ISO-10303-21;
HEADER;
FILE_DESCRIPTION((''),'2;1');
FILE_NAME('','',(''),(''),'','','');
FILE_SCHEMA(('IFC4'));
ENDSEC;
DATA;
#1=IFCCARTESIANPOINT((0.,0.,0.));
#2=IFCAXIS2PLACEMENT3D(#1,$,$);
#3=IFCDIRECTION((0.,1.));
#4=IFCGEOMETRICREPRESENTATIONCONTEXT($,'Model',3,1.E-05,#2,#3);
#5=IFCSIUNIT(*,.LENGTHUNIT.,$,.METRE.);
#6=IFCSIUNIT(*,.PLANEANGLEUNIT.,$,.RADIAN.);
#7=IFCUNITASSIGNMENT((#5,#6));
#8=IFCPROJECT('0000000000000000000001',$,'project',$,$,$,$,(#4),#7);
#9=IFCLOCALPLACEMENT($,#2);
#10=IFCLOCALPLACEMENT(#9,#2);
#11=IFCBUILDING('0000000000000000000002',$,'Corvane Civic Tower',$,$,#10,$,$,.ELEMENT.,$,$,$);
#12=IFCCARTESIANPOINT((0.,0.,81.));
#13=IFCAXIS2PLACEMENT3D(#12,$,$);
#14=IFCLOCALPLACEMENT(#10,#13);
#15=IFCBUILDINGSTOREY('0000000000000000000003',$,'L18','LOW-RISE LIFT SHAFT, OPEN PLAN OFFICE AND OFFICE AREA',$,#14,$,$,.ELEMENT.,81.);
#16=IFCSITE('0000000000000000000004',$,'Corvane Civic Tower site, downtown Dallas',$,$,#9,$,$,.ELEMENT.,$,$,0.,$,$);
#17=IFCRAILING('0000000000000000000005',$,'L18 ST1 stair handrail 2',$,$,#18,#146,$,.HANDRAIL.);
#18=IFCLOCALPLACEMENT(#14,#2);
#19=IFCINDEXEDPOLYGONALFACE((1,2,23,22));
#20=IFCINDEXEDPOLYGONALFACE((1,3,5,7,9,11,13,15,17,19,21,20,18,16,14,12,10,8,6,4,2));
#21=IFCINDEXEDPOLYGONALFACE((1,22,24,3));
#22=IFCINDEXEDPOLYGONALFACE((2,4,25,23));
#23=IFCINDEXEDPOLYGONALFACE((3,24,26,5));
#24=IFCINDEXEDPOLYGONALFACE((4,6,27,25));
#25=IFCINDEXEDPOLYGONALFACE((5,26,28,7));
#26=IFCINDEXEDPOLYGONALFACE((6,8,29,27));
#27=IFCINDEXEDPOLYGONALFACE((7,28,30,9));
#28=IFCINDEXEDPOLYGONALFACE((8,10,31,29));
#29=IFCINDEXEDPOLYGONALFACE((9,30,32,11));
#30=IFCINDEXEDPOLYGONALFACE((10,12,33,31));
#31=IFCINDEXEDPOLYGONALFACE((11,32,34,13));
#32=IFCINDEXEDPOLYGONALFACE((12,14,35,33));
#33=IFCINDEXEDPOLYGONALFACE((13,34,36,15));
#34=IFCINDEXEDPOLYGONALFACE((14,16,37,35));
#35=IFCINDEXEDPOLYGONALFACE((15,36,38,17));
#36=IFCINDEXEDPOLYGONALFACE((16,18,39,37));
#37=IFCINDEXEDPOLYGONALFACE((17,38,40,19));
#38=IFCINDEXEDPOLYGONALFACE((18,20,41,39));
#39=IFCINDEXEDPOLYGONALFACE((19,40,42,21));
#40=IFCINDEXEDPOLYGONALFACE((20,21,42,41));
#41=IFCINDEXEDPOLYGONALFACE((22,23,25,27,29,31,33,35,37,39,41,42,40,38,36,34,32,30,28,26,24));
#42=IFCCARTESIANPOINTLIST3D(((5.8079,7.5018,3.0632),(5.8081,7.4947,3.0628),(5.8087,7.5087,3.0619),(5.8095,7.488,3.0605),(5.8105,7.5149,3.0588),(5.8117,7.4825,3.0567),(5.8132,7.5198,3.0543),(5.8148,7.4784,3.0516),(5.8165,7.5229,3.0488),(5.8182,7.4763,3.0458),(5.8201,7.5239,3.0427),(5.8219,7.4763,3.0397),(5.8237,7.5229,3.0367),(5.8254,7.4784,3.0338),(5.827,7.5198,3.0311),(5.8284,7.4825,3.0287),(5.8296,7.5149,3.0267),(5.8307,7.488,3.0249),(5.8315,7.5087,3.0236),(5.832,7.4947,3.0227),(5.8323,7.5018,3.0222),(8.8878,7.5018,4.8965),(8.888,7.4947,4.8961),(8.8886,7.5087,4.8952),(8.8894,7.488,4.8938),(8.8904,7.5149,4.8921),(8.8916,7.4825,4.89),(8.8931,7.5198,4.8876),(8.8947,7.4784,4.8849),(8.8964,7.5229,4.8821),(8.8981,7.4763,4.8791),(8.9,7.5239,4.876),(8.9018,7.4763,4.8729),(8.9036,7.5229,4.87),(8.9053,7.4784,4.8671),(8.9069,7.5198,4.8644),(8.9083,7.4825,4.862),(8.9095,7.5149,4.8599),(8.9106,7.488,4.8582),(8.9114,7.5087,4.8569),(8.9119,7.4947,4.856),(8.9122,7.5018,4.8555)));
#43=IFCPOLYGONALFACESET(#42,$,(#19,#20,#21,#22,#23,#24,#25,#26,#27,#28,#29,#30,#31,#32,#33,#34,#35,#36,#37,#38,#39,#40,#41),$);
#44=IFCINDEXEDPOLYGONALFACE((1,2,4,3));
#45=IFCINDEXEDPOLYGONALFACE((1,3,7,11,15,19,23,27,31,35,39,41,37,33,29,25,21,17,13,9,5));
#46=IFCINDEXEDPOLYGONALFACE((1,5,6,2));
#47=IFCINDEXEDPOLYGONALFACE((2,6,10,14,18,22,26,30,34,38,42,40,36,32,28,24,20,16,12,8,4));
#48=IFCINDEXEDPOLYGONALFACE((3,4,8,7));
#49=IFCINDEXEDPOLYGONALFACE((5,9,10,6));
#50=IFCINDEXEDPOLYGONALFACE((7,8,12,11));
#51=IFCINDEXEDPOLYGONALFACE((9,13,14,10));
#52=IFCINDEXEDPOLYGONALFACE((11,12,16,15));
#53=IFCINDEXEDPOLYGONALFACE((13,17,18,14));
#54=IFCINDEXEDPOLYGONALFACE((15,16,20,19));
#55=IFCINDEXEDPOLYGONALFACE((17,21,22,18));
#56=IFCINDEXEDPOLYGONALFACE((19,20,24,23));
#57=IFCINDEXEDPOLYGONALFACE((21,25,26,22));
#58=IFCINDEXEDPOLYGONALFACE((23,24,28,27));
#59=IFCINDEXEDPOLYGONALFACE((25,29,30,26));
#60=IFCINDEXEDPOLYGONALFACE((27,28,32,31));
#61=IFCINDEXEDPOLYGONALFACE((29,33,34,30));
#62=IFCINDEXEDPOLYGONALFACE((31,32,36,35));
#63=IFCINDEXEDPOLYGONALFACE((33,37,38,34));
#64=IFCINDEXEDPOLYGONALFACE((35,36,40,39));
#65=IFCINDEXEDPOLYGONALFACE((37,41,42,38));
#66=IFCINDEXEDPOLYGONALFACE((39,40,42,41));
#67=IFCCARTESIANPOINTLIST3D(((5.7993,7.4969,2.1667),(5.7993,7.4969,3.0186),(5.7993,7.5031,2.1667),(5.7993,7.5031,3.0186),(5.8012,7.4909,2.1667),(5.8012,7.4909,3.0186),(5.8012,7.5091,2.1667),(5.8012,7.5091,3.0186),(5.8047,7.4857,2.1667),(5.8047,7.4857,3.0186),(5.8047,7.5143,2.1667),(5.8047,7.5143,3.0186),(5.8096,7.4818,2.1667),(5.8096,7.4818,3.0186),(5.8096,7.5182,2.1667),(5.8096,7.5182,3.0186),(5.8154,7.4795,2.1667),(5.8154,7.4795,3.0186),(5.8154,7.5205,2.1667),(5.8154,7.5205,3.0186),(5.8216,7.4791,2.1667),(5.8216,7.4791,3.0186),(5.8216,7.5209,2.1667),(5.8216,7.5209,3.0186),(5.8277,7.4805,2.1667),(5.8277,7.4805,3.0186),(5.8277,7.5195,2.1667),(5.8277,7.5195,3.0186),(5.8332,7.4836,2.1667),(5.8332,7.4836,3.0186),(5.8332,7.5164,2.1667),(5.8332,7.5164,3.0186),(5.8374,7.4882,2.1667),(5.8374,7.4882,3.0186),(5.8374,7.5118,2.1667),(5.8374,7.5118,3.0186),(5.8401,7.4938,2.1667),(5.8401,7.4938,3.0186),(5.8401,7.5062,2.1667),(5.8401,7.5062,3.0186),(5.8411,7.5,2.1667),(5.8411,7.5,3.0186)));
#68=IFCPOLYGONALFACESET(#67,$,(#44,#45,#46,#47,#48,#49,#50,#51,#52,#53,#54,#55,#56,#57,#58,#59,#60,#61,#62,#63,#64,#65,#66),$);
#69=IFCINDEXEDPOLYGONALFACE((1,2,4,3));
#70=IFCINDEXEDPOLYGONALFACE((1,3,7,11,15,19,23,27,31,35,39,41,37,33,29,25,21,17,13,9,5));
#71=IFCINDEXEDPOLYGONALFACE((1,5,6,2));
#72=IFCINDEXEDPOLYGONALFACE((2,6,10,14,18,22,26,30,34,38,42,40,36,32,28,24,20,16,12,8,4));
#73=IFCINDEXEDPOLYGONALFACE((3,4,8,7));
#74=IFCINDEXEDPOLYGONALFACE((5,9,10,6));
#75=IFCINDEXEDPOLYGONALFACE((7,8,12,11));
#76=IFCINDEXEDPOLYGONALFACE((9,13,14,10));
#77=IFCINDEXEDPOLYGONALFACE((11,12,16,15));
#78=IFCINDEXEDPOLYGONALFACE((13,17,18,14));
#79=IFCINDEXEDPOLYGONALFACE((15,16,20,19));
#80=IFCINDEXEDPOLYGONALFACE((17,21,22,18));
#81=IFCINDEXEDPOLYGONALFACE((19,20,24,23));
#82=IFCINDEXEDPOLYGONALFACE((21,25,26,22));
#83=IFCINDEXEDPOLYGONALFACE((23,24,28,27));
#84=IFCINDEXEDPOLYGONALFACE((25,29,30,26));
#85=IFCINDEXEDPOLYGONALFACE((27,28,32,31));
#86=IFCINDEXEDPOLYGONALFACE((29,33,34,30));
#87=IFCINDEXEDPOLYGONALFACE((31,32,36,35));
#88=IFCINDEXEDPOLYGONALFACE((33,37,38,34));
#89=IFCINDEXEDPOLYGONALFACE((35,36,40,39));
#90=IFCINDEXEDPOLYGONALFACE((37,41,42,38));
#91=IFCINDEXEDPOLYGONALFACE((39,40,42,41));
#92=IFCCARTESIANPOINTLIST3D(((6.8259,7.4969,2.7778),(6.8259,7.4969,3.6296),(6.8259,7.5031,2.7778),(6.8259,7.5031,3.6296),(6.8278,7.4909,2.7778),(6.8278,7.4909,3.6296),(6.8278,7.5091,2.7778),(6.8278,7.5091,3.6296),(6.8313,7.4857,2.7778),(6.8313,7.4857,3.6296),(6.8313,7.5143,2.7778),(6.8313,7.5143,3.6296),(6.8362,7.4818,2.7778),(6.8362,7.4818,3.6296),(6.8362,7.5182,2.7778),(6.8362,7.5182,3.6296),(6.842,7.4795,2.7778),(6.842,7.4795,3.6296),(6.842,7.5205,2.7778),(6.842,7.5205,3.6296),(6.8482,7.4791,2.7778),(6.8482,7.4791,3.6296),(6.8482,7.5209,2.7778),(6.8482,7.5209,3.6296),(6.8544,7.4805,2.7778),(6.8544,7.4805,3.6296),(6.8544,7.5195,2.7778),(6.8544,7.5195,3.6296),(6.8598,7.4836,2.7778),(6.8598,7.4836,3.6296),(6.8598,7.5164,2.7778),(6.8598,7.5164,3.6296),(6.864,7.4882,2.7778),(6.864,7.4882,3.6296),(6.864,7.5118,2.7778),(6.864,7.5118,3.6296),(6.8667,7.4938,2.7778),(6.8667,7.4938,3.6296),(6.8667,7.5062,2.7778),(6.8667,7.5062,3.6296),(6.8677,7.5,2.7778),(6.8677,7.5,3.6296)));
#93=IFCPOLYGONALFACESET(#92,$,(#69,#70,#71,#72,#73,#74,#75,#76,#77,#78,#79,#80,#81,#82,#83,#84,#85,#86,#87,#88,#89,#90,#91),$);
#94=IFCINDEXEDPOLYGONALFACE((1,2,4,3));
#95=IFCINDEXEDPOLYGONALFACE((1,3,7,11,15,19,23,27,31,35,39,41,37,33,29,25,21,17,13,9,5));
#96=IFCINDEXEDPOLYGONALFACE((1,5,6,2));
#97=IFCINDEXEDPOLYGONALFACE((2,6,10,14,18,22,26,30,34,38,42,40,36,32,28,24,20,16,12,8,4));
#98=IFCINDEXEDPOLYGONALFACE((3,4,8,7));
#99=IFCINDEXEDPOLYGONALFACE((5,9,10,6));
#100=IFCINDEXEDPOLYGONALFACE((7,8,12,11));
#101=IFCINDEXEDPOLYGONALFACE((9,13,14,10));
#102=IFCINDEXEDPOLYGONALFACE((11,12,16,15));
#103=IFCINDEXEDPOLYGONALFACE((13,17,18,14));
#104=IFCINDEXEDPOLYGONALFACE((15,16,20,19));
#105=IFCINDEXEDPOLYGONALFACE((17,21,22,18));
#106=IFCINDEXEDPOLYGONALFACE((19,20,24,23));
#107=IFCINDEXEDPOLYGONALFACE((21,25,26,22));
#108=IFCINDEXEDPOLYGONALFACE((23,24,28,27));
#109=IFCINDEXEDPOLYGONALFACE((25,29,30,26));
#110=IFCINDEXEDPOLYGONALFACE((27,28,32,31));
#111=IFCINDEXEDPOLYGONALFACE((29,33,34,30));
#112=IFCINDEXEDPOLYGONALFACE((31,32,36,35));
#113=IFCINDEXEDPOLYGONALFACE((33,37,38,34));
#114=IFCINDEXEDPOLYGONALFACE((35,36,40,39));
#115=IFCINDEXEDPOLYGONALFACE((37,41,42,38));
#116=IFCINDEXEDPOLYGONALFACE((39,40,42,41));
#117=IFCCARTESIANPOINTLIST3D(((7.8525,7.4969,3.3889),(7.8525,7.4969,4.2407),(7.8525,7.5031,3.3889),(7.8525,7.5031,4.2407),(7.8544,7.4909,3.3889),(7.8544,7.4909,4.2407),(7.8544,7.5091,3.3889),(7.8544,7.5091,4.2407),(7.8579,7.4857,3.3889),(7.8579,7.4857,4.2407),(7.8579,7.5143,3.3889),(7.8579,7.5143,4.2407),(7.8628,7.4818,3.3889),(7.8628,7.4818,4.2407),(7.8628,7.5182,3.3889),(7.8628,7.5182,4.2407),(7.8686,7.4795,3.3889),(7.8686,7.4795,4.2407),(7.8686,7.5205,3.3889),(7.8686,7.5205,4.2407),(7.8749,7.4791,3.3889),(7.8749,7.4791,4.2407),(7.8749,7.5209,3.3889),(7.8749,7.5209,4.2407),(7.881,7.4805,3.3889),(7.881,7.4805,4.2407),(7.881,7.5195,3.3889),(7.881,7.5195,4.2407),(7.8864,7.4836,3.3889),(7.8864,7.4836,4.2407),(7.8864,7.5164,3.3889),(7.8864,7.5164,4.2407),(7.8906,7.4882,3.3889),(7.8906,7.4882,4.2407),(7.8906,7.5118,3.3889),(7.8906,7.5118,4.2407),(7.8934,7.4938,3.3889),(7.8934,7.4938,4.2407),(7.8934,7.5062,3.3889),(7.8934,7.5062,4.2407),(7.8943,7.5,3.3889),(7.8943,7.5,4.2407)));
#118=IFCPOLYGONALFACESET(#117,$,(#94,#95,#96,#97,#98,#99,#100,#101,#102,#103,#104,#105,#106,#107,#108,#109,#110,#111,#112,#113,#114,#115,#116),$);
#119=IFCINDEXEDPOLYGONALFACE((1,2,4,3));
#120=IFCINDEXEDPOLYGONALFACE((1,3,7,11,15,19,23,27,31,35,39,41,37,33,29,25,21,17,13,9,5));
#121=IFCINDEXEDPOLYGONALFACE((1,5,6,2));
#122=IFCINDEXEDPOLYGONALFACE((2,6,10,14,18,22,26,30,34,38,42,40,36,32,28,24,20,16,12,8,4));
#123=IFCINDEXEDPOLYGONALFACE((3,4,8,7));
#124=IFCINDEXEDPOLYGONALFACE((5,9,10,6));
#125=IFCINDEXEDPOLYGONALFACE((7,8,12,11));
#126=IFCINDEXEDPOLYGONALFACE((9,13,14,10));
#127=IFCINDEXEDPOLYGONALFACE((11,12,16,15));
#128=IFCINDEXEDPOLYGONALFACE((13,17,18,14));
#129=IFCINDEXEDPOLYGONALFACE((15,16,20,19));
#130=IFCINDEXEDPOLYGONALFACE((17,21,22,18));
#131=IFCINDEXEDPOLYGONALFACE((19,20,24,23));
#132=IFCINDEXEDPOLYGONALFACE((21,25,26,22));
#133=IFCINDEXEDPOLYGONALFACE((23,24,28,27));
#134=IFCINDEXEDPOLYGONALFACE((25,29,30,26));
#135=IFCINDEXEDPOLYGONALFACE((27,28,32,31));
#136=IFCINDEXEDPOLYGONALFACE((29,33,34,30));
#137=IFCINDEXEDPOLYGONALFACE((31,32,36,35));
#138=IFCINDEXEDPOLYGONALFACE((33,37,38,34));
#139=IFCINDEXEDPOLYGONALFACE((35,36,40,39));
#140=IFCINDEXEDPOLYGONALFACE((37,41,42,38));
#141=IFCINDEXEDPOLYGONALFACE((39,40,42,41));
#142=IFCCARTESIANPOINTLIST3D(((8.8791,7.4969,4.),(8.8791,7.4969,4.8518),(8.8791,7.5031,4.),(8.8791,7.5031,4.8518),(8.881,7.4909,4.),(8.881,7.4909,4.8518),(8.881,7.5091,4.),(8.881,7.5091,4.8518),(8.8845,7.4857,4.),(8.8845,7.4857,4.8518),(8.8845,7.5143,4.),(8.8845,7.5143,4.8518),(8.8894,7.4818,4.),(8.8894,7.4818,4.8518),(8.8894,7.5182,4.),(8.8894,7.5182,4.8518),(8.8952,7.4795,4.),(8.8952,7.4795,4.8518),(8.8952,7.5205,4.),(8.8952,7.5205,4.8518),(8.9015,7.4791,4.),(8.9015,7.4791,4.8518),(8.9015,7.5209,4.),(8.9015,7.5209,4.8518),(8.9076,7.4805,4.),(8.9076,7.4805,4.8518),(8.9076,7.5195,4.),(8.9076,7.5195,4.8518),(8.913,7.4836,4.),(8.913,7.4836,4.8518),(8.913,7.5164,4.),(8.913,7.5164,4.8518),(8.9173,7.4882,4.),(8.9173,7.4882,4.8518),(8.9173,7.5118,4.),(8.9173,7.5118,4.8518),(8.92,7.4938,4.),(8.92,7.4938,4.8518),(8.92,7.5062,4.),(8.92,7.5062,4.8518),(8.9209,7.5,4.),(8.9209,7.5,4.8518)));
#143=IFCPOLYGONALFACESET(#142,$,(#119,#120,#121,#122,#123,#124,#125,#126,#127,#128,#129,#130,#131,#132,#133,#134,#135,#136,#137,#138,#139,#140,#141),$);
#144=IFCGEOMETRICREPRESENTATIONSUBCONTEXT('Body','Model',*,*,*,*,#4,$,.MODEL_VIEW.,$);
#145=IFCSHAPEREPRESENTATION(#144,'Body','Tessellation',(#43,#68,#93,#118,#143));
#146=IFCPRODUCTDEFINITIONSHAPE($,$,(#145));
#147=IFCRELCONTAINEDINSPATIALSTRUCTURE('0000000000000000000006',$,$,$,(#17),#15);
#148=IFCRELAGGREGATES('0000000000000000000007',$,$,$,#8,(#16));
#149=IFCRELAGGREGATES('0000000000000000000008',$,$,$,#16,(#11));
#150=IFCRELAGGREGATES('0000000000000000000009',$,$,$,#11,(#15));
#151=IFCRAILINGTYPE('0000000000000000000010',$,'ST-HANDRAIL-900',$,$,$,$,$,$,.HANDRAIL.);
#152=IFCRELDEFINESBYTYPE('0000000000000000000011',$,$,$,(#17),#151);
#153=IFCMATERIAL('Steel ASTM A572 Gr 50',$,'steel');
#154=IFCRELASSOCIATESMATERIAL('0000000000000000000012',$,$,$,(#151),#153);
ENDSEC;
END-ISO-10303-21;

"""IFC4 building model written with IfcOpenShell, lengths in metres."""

from ifc_helpers import new_model, si_unit, direction, frame, origin, origin_2d, place, context, subcontext, project, spatial, circle, extrude, material, type_object, element, save


model = new_model("IFC4")

# Units and contexts
model_context = context("Model", 3, precision=1e-05, world=origin(), true_north=direction((0.0, 1.0)))
body_context = subcontext(model_context, "Body", "Model", "MODEL_VIEW")
ifc_project = project(units=[si_unit("LENGTHUNIT", "METRE"), si_unit("PLANEANGLEUNIT", "RADIAN")], contexts=[model_context])

# Site, building, storey
site_placement = place(None, origin())
site = spatial("IfcSite", under=ifc_project, at=site_placement, Name="Corvane Civic Tower site, downtown Dallas", CompositionType="ELEMENT", RefElevation=0.0)
building_placement = place(site_placement, origin())
building = spatial("IfcBuilding", under=site, at=building_placement, Name="Corvane Civic Tower", CompositionType="ELEMENT")
storey_placement = place(building_placement, frame((0.0, 0.0, 81.0)))
storey = spatial("IfcBuildingStorey", under=building, at=storey_placement, Name="L18", Description="LOW-RISE LIFT SHAFT, OPEN PLAN OFFICE AND OFFICE AREA", CompositionType="ELEMENT", Elevation=81.0)

# Railing
ifc_material_1 = material(Name="Steel ASTM A572 Gr 50", Category="steel")
railing_type_1 = type_object("IfcRailingType", Name="ST-HANDRAIL-900", PredefinedType="HANDRAIL", material=ifc_material_1)
railing_1_placement = place(storey_placement, frame((5.8201, 7.5, 2.1667)))
element("IfcRailing", 1, at=railing_1_placement, inside=storey, type_object=railing_type_1, Name="L18 ST1 stair handrail 2", PredefinedType="HANDRAIL", context=body_context, shape_type="SweptSolid", body=[
    extrude(circle(Radius=0.0239, at=origin_2d()), frame((0.0, 0.0, 0.876), z_axis=(0.859291, 0.0, 0.511487), x_axis=(0.0, 1.0, 0.0)), (0.0, 0.0, 1.0), 3.5842),
    extrude(circle(Radius=0.021, at=origin_2d()), origin(), (0.0, 0.0, 1.0), 0.8518),
    extrude(circle(Radius=0.021, at=origin_2d()), frame((1.0266, 0.0, 0.6111)), (0.0, 0.0, 1.0), 0.8518),
    extrude(circle(Radius=0.021, at=origin_2d()), frame((2.0532, 0.0, 1.2222)), (0.0, 0.0, 1.0), 0.8518),
    extrude(circle(Radius=0.021, at=origin_2d()), frame((3.0798, 0.0, 1.8333)), (0.0, 0.0, 1.0), 0.8518),
])

save(model, "model.ifc")
